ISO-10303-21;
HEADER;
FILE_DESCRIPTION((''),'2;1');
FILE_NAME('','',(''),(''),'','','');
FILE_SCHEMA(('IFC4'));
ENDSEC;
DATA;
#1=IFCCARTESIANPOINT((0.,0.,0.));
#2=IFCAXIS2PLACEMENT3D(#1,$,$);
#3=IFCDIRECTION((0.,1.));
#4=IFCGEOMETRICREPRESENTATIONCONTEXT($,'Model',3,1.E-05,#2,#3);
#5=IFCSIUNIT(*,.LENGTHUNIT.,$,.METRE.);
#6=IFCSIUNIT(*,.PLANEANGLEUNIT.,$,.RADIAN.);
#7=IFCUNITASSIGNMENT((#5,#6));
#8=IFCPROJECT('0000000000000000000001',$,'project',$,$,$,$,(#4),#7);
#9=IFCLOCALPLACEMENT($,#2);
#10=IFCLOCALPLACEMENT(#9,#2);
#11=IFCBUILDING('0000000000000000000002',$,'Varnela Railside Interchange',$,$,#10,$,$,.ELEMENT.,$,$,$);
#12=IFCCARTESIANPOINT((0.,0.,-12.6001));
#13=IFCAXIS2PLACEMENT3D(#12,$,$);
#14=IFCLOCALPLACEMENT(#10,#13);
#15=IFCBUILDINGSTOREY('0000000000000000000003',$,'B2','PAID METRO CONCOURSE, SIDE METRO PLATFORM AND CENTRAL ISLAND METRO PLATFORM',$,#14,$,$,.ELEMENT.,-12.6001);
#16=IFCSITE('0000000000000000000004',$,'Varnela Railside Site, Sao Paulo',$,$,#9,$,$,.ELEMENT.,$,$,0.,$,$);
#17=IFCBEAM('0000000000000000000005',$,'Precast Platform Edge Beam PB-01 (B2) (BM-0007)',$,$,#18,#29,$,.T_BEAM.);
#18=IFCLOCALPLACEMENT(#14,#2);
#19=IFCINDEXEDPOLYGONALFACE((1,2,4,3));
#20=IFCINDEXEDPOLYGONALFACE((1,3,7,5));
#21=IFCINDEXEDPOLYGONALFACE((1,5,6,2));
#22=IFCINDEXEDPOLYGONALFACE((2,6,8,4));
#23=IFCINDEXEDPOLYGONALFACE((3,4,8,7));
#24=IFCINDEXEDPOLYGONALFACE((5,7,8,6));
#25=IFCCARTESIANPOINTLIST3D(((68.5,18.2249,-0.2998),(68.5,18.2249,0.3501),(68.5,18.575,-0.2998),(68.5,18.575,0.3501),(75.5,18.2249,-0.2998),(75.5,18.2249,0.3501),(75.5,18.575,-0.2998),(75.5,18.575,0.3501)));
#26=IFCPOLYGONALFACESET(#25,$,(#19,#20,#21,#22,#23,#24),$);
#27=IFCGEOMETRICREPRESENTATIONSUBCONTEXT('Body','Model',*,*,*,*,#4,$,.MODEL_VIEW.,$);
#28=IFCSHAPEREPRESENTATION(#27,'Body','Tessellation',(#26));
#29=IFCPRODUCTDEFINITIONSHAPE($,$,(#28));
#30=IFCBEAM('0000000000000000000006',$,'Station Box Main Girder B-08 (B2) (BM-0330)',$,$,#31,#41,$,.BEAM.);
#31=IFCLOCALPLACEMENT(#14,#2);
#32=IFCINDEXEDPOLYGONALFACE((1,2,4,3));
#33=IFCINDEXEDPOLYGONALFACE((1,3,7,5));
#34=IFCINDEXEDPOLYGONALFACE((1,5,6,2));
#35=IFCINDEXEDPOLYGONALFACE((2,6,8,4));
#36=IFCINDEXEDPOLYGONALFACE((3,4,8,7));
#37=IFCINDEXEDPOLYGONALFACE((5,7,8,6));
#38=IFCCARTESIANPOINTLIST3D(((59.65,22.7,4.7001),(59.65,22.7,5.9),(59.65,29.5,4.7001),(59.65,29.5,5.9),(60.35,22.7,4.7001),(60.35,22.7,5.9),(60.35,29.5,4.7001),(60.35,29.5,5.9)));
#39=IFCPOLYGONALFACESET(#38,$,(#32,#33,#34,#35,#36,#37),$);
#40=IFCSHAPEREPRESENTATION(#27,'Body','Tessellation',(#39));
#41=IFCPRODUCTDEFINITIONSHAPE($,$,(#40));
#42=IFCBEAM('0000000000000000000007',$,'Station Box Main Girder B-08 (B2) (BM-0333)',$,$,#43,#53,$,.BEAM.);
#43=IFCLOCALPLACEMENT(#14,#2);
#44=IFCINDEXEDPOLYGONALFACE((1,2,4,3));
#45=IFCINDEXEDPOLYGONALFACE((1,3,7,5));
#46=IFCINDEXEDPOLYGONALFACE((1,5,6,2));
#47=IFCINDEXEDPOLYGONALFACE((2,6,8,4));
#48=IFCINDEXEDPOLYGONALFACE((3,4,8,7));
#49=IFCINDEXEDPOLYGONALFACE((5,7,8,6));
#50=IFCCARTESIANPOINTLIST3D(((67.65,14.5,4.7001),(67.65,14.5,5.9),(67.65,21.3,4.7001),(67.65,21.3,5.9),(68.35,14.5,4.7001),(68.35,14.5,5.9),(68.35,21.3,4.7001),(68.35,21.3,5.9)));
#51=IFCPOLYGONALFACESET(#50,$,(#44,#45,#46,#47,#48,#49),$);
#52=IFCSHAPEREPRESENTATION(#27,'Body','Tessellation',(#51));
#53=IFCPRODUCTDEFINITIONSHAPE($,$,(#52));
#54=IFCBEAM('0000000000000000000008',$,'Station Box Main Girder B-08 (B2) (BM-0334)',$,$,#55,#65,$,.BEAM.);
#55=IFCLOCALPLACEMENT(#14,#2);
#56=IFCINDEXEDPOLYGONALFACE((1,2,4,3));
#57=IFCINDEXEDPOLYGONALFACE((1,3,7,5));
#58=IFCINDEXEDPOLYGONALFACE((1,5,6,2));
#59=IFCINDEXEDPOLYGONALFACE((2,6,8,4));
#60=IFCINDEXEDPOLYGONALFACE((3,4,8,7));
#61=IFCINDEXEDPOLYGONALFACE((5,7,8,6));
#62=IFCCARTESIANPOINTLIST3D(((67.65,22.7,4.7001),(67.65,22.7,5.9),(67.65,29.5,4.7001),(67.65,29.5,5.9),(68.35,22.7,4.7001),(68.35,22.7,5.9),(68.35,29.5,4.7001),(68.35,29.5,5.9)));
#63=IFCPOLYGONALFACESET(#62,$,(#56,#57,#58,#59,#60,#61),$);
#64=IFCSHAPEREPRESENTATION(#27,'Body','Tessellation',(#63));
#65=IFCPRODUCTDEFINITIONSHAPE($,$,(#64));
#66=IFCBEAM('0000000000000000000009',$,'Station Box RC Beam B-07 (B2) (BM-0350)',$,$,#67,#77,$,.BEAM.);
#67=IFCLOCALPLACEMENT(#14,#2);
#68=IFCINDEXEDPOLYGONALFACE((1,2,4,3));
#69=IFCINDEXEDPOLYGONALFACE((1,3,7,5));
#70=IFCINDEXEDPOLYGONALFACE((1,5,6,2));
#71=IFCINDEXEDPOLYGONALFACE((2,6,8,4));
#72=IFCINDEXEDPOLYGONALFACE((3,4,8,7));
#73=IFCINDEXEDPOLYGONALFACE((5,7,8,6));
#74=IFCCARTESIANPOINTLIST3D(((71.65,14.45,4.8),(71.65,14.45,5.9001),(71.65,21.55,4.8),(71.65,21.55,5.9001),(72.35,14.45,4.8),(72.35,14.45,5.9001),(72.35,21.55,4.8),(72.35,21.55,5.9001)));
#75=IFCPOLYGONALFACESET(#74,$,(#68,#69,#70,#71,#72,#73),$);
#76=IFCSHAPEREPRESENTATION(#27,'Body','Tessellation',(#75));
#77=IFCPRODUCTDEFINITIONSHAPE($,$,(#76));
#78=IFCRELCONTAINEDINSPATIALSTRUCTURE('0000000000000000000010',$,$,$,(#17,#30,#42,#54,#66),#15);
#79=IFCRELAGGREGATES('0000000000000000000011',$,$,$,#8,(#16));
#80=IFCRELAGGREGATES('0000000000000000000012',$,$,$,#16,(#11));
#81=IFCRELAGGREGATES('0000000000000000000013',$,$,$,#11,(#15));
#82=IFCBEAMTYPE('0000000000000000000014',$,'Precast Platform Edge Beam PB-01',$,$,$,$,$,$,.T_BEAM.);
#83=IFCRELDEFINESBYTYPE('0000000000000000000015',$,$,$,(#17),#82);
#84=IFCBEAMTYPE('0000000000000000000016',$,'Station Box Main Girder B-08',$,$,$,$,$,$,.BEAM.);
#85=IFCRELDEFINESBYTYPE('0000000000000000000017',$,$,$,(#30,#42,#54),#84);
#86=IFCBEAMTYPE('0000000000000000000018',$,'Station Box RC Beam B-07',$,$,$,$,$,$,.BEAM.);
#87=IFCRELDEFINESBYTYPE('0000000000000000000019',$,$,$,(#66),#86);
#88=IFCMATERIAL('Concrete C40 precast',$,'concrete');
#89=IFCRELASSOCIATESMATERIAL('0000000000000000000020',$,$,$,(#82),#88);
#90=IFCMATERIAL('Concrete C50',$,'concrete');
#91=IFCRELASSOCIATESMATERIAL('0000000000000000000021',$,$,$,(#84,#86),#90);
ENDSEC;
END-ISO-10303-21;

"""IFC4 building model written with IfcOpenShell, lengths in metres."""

from ifc_helpers import new_model, si_unit, direction, frame, origin, origin_2d, place, context, subcontext, project, spatial, rectangle, extrude, material, material_profile, profile_set, type_object, element, save


model = new_model("IFC4")

# Units and contexts
model_context = context("Model", 3, precision=1e-05, world=origin(), true_north=direction((0.0, 1.0)))
body_context = subcontext(model_context, "Body", "Model", "MODEL_VIEW")
ifc_project = project(units=[si_unit("LENGTHUNIT", "METRE"), si_unit("PLANEANGLEUNIT", "RADIAN")], contexts=[model_context])

# Site, building, storey
site_placement = place(None, origin())
site = spatial("IfcSite", under=ifc_project, at=site_placement, Name="Varnela Railside Site, Sao Paulo", CompositionType="ELEMENT", RefElevation=0.0)
building_placement = place(site_placement, origin())
building = spatial("IfcBuilding", under=site, at=building_placement, Name="Varnela Railside Interchange", CompositionType="ELEMENT")
storey_placement = place(building_placement, frame((0.0, 0.0, -12.6001)))
storey = spatial("IfcBuildingStorey", under=building, at=storey_placement, Name="B2", Description="PAID METRO CONCOURSE, SIDE METRO PLATFORM AND CENTRAL ISLAND METRO PLATFORM", CompositionType="ELEMENT", Elevation=-12.6001)

# Shared definitions
ifc_material_1 = material(Name="Concrete C50", Category="concrete")

# Beams
ifc_material_2 = material(Name="Concrete C40 precast", Category="concrete")
ifc_material_profile_1 = material_profile(ifc_material_2, rectangle(XDim=0.3501, YDim=0.6499, at=origin_2d()), Name="PC 350x650")
ifc_profile_set_1 = profile_set([ifc_material_profile_1], Name="Concrete C40 precast")
beam_type_1 = type_object("IfcBeamType", Name="Precast Platform Edge Beam PB-01", PredefinedType="T_BEAM", material=ifc_profile_set_1)
for number, where, z_axis, x_axis, name in (
    (1, (68.5, 18.3999, 0.0251), (1.0, 0.0, 0.0), (0.0, 1.0, 0.0), "Precast Platform Edge Beam PB-01 (B2) (BM-0007)"),
):
    element("IfcBeam", number, at=place(storey_placement, frame(where, z_axis=z_axis, x_axis=x_axis)), inside=storey, type_object=beam_type_1, Name=name, PredefinedType="T_BEAM", context=body_context, shape_type="SweptSolid", body=[
        extrude(rectangle(XDim=0.3501, YDim=0.6499, at=origin_2d()), origin(), (0.0, 0.0, 1.0), 7.0),
    ])
ifc_material_profile_2 = material_profile(ifc_material_1, rectangle(XDim=0.7, YDim=1.2, at=origin_2d()), Name="RC 700x1200")
ifc_profile_set_2 = profile_set([ifc_material_profile_2], Name="Concrete C50")
beam_type_2 = type_object("IfcBeamType", Name="Station Box Main Girder B-08", PredefinedType="BEAM", material=ifc_profile_set_2)
for number, where, z_axis, x_axis, name in (
    (2, (60.0, 22.7, 5.3), (0.0, 1.0, 0.0), (-1.0, 0.0, 0.0), "Station Box Main Girder B-08 (B2) (BM-0330)"),
    (3, (68.0, 14.5, 5.3), (0.0, 1.0, 0.0), (-1.0, 0.0, 0.0), "Station Box Main Girder B-08 (B2) (BM-0333)"),
    (4, (68.0, 22.7, 5.3), (0.0, 1.0, 0.0), (-1.0, 0.0, 0.0), "Station Box Main Girder B-08 (B2) (BM-0334)"),
):
    element("IfcBeam", number, at=place(storey_placement, frame(where, z_axis=z_axis, x_axis=x_axis)), inside=storey, type_object=beam_type_2, Name=name, PredefinedType="BEAM", context=body_context, shape_type="SweptSolid", body=[
        extrude(rectangle(XDim=0.7, YDim=1.2, at=origin_2d()), origin(), (0.0, 0.0, 1.0), 6.8),
    ])
ifc_material_profile_3 = material_profile(ifc_material_1, rectangle(XDim=0.7, YDim=1.1001, at=origin_2d()), Name="RC 700x1100")
ifc_profile_set_3 = profile_set([ifc_material_profile_3], Name="Concrete C50")
beam_type_3 = type_object("IfcBeamType", Name="Station Box RC Beam B-07", PredefinedType="BEAM", material=ifc_profile_set_3)
beam_placement = place(storey_placement, frame((72.0, 14.45, 5.3501), z_axis=(0.0, 1.0, 0.0), x_axis=(-1.0, 0.0, 0.0)))
element("IfcBeam", 5, at=beam_placement, inside=storey, type_object=beam_type_3, Name="Station Box RC Beam B-07 (B2) (BM-0350)", PredefinedType="BEAM", context=body_context, shape_type="SweptSolid", body=[
    extrude(rectangle(XDim=0.7, YDim=1.1001, at=origin_2d()), origin(), (0.0, 0.0, 1.0), 7.1001),
])

save(model, "model.ifc")
